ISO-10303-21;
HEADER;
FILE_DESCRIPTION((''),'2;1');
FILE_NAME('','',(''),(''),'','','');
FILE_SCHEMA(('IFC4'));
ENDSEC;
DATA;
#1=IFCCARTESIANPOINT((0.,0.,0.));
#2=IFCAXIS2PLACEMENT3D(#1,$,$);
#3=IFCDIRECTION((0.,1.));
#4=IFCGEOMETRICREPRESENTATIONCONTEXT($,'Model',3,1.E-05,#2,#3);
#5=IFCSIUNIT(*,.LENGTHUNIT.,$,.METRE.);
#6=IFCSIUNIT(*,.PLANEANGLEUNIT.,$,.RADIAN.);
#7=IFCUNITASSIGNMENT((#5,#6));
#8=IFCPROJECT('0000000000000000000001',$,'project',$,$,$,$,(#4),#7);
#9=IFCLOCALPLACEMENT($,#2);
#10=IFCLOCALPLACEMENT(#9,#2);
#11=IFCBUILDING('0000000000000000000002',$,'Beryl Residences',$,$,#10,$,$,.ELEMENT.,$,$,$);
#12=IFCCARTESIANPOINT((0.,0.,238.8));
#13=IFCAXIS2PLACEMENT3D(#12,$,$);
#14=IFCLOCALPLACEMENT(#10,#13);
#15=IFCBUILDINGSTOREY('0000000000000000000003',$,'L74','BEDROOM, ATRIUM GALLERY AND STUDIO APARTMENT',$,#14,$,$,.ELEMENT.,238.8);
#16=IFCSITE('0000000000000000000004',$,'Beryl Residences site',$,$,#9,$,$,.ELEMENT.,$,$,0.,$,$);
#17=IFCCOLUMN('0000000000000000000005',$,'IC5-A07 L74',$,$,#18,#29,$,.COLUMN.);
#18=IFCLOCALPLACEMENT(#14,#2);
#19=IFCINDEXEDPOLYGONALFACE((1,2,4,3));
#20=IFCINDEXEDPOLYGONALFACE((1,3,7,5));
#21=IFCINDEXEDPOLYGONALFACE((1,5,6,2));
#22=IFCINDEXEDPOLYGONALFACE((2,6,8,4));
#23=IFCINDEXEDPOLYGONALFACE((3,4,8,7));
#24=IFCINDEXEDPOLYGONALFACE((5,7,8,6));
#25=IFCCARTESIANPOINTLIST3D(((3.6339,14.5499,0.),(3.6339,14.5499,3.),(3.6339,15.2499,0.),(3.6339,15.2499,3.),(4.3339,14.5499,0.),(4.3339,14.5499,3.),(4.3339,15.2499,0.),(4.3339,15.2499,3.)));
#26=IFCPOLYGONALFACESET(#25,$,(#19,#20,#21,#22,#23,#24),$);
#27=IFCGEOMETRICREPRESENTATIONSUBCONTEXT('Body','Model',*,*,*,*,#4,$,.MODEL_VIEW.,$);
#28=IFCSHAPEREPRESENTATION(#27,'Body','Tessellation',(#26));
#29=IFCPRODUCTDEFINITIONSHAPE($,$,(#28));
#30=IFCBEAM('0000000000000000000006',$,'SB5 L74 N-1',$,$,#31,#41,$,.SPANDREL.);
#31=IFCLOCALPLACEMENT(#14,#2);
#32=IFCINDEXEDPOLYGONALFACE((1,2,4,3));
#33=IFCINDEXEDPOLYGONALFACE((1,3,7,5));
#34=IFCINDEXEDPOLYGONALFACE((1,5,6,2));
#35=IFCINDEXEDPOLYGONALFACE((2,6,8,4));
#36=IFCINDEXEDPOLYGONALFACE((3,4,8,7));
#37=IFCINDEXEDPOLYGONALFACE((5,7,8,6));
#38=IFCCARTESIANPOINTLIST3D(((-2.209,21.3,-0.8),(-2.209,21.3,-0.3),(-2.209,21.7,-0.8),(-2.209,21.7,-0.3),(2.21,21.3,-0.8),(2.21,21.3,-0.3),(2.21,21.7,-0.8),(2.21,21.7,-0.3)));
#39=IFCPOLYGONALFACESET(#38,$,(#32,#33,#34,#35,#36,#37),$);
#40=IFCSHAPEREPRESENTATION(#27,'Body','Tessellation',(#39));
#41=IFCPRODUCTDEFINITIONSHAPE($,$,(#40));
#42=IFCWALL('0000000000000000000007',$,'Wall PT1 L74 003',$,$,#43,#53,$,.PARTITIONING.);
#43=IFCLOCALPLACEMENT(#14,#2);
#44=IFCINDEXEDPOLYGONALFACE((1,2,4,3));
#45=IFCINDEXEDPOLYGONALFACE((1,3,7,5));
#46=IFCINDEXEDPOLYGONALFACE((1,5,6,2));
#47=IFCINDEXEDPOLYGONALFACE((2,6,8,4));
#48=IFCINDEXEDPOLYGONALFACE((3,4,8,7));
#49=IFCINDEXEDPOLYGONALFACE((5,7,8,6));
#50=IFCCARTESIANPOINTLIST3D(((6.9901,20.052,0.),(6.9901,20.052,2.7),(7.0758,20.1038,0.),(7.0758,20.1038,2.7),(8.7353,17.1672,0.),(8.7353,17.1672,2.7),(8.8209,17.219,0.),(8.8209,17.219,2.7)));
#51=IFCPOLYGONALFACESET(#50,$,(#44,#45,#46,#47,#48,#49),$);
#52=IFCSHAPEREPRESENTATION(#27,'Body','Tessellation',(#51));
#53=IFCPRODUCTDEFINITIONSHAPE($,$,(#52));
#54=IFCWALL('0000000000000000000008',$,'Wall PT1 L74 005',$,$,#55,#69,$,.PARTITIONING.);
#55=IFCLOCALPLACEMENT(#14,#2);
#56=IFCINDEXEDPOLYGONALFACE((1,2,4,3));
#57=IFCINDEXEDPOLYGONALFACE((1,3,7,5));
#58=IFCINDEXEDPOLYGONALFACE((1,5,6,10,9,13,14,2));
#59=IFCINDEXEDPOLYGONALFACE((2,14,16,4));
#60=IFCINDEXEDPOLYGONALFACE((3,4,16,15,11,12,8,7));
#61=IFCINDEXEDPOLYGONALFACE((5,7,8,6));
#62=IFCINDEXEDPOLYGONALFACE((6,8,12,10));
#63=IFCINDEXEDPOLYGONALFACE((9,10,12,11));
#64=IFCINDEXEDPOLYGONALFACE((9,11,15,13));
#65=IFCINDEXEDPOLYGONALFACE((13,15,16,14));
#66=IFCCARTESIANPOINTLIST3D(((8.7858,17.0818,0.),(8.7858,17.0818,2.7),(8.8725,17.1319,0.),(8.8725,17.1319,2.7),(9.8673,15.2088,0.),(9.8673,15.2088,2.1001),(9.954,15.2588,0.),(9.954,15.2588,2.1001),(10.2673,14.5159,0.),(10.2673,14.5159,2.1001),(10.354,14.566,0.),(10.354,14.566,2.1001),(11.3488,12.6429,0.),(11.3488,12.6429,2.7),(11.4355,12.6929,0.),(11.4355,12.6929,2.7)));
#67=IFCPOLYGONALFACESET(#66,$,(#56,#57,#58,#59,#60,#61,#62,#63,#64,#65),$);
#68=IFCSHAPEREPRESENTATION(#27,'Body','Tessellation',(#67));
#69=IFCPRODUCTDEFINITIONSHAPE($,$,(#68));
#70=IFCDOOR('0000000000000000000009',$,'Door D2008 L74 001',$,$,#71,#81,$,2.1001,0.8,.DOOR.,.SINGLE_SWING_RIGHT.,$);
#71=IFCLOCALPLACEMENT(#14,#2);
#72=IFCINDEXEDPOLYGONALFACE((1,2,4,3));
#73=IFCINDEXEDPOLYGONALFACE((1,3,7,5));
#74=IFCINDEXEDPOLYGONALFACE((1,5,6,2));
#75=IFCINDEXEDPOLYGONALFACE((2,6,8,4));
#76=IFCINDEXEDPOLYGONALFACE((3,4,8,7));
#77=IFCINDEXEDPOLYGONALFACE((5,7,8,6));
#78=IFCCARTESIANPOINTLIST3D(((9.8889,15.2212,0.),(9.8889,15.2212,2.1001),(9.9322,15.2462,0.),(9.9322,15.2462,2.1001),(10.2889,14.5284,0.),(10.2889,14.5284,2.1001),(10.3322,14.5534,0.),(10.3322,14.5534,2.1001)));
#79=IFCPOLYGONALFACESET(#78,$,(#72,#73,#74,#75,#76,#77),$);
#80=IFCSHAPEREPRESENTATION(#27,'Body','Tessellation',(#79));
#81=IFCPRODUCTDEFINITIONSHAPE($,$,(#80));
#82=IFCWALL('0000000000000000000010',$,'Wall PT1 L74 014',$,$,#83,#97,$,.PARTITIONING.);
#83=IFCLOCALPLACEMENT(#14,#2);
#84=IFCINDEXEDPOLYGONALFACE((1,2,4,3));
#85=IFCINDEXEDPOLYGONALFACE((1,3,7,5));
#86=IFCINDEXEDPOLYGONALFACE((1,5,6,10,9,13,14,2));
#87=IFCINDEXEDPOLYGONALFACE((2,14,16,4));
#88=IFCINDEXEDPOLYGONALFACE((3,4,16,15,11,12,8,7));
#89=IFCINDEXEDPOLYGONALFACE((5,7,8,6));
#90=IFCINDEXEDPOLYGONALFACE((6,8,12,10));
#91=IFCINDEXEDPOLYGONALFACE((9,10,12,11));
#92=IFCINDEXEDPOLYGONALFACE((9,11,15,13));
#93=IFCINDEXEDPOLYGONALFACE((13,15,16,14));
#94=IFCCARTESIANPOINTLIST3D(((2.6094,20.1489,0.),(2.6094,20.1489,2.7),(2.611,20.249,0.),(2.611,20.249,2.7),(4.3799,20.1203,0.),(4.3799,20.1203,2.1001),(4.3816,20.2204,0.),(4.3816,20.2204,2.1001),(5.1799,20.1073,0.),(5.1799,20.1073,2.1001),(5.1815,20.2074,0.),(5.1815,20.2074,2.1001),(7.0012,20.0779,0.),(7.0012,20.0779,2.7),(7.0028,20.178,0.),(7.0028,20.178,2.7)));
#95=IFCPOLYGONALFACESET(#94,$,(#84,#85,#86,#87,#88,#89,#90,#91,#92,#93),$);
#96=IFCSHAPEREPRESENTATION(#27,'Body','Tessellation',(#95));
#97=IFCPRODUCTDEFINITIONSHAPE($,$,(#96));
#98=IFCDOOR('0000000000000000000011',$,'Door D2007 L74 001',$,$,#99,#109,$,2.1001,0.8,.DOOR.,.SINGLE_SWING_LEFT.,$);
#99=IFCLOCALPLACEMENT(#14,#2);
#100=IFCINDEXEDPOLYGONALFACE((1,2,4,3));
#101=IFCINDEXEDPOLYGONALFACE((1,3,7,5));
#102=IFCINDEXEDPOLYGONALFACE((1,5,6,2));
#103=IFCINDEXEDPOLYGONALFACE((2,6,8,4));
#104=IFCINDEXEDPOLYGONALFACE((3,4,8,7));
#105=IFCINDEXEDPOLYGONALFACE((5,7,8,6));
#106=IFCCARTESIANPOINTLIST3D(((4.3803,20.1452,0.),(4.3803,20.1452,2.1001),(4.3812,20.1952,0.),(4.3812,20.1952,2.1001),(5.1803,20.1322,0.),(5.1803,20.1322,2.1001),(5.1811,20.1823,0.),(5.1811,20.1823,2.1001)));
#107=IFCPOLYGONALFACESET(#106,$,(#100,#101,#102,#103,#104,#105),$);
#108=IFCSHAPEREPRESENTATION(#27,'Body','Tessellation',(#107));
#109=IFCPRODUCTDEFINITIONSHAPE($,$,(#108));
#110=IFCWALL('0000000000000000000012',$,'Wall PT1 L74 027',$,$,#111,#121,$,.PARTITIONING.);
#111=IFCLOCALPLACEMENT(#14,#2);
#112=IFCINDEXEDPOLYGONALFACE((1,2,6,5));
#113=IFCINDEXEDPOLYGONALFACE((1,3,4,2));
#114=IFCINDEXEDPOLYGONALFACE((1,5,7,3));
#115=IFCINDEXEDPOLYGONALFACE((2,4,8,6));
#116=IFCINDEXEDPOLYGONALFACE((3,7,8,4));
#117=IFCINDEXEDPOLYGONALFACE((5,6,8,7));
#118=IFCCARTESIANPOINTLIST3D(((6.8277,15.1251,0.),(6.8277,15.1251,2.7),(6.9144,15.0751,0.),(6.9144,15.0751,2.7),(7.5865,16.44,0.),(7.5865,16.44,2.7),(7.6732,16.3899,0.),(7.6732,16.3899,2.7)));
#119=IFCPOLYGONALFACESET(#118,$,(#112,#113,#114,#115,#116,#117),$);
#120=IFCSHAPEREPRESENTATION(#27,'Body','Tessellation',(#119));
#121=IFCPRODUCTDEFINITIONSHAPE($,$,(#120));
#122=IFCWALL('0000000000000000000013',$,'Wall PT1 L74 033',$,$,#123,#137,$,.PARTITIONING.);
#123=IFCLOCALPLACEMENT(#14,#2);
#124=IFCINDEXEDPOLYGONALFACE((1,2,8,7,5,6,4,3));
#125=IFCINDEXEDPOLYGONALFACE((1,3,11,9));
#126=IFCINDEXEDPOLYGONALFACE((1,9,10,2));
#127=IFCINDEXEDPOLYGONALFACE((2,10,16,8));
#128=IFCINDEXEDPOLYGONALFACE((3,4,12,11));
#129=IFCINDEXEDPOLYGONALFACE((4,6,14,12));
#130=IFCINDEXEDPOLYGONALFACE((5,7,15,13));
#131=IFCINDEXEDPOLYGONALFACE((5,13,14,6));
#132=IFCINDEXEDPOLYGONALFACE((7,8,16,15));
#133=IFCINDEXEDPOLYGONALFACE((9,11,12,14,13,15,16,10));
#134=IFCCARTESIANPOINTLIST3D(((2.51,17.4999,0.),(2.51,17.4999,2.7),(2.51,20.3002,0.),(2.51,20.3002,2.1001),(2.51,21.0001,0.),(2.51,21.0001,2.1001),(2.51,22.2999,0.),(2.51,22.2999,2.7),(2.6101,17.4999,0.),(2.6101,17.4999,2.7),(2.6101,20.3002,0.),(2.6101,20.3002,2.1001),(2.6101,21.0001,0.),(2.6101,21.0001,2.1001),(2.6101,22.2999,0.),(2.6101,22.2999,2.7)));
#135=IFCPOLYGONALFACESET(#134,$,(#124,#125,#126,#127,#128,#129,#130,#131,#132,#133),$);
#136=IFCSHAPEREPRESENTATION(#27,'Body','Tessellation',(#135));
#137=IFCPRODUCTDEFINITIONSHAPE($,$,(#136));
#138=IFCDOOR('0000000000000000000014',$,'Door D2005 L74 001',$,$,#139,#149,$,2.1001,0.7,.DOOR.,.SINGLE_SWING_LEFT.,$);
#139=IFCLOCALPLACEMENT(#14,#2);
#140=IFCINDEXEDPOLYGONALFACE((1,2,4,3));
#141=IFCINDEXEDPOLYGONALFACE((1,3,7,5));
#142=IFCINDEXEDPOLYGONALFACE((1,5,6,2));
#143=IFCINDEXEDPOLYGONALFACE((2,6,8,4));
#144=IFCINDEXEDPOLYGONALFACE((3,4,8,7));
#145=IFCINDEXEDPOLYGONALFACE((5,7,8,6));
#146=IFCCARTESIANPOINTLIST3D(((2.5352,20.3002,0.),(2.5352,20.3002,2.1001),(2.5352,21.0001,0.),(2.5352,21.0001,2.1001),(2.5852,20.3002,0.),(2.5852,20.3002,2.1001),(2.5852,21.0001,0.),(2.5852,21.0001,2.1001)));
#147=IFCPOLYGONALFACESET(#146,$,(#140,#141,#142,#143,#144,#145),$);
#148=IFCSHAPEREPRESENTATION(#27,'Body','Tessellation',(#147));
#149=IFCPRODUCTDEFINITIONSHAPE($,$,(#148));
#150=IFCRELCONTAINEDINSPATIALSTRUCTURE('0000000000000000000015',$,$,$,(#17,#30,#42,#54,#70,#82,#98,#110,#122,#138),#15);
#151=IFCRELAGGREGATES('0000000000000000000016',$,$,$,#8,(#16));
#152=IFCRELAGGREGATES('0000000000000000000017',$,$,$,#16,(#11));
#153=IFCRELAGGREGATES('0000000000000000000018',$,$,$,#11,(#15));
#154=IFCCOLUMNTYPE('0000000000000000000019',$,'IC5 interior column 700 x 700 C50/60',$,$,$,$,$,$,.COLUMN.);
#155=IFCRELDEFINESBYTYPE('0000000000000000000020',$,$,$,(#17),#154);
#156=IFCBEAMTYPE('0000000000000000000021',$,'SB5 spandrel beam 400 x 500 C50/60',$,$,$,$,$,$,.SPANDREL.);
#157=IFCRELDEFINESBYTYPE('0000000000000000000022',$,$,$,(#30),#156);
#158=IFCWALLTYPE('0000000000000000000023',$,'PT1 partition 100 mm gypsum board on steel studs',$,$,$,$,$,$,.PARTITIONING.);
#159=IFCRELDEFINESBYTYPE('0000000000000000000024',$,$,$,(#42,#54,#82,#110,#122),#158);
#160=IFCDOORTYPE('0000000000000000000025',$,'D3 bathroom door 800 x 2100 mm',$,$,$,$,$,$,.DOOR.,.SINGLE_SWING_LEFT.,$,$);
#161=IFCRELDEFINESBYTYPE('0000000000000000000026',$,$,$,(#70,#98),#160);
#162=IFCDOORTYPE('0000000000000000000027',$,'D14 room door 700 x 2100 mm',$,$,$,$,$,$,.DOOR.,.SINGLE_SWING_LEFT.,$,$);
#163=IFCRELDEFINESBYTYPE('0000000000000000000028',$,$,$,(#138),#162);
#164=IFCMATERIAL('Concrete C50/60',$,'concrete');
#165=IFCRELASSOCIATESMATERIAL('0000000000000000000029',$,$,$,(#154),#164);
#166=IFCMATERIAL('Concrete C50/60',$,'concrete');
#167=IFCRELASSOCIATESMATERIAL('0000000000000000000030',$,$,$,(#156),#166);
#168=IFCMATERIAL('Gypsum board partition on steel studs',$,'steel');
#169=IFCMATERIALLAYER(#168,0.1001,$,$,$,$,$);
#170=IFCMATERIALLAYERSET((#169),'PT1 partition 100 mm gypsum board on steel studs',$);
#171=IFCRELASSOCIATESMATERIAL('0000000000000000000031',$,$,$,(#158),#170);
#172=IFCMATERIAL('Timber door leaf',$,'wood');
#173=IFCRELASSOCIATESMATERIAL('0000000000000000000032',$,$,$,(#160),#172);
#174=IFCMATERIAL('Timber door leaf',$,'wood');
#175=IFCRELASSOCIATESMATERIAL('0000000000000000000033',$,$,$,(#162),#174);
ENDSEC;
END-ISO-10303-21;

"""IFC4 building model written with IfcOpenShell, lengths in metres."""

from ifc_helpers import new_model, si_unit, direction, frame, frame_2d, origin, origin_2d, place, context, subcontext, project, spatial, rectangle, extrude, material, layer, layer_set, material_profile, profile_set, type_object, element, fill, save


model = new_model("IFC4")

# Units and contexts
model_context = context("Model", 3, precision=1e-05, world=origin(), true_north=direction((0.0, 1.0)))
body_context = subcontext(model_context, "Body", "Model", "MODEL_VIEW")
ifc_project = project(units=[si_unit("LENGTHUNIT", "METRE"), si_unit("PLANEANGLEUNIT", "RADIAN")], contexts=[model_context])

# Site, building, storey
site_placement = place(None, origin())
site = spatial("IfcSite", under=ifc_project, at=site_placement, Name="Beryl Residences site", CompositionType="ELEMENT", RefElevation=0.0)
building_placement = place(site_placement, origin())
building = spatial("IfcBuilding", under=site, at=building_placement, Name="Beryl Residences", CompositionType="ELEMENT")
storey_placement = place(building_placement, frame((0.0, 0.0, 238.8)))
storey = spatial("IfcBuildingStorey", under=building, at=storey_placement, Name="L74", Description="BEDROOM, ATRIUM GALLERY AND STUDIO APARTMENT", CompositionType="ELEMENT", Elevation=238.8)

# Column
ifc_material_1 = material(Name="Concrete C50/60", Category="concrete")
ifc_material_profile_1 = material_profile(ifc_material_1, rectangle(XDim=0.7, YDim=0.7, at=origin_2d()))
ifc_profile_set_1 = profile_set([ifc_material_profile_1], Name="Concrete C50/60")
column_type = type_object("IfcColumnType", Name="IC5 interior column 700 x 700 C50/60", PredefinedType="COLUMN", material=ifc_profile_set_1)
column_placement = place(storey_placement, frame((3.9839, 14.8999, 0.0), z_axis=(0.0, 0.0, 1.0), x_axis=(1.0, 0.0, 0.0)))
element("IfcColumn", 1, at=column_placement, inside=storey, type_object=column_type, Name="IC5-A07 L74", PredefinedType="COLUMN", context=body_context, shape_type="SweptSolid", body=[
    extrude(rectangle(XDim=0.7, YDim=0.7, at=origin_2d()), origin(), (0.0, 0.0, 1.0), 3.0),
])

# Beam
ifc_material_2 = material(Name="Concrete C50/60", Category="concrete")
ifc_material_profile_2 = material_profile(ifc_material_2, rectangle(XDim=0.3999, YDim=0.5, at=origin_2d()))
ifc_profile_set_2 = profile_set([ifc_material_profile_2], Name="Concrete C50/60")
beam_type = type_object("IfcBeamType", Name="SB5 spandrel beam 400 x 500 C50/60", PredefinedType="SPANDREL", material=ifc_profile_set_2)
beam_placement = place(storey_placement, frame((2.21, 21.5, -0.55), z_axis=(-1.0, 0.0, 0.0), x_axis=(0.0, -1.0, 0.0)))
element("IfcBeam", 2, at=beam_placement, inside=storey, type_object=beam_type, Name="SB5 L74 N-1", PredefinedType="SPANDREL", context=body_context, shape_type="SweptSolid", body=[
    extrude(rectangle(XDim=0.3999, YDim=0.5, at=origin_2d()), origin(), (0.0, 0.0, 1.0), 4.4189),
])

# Wall
ifc_material_3 = material(Name="Gypsum board partition on steel studs", Category="steel")
ifc_layer_1 = layer(ifc_material_3, 0.1001)
ifc_layer_set_1 = layer_set([ifc_layer_1], Name="PT1 partition 100 mm gypsum board on steel studs")
wall_type_1 = type_object("IfcWallType", Name="PT1 partition 100 mm gypsum board on steel studs", PredefinedType="PARTITIONING", material=ifc_layer_set_1)
wall_1_placement = place(storey_placement, frame((7.033, 20.0779, 0.0), z_axis=(0.0, 0.0, 1.0), x_axis=(0.517602, -0.855622, 0.0)))
element("IfcWall", 3, at=wall_1_placement, inside=storey, type_object=wall_type_1, Name="Wall PT1 L74 003", PredefinedType="PARTITIONING", context=body_context, shape_type="SweptSolid", body=[
    extrude(rectangle(XDim=3.3716, YDim=0.1001, at=frame_2d((1.6858, 0.0))), origin(), (0.0, 0.0, 1.0), 2.7),
])

# Walls, openings, doors
wall_2_placement = place(storey_placement, frame((8.8291, 17.1069, 0.0), z_axis=(0.0, 0.0, 1.0), x_axis=(0.500022, -0.866013, 0.0)))
wall_2 = element("IfcWall", 4, at=wall_2_placement, inside=storey, type_object=wall_type_1, Name="Wall PT1 L74 005", PredefinedType="PARTITIONING", context=body_context, shape_type="SweptSolid", body=[
    extrude(rectangle(XDim=5.1257, YDim=0.1001, at=frame_2d((2.563, 0.0))), origin(), (0.0, 0.0, 1.0), 2.7),
])
opening_1_placement = place(wall_2_placement, frame((2.1631, 0.0, 0.0)))
opening_1 = element("IfcOpeningElement", 5, at=opening_1_placement, cuts=wall_2, PredefinedType="OPENING", context=body_context, shape_type="SweptSolid", body=[
    extrude(rectangle(XDim=0.8, YDim=2.1001, at=frame_2d((0.3999, 1.05))), frame((0.0, 0.0601, 0.0), z_axis=(0.0, -1.0, 0.0), x_axis=(1.0, 0.0, 0.0)), (0.0, 0.0, 1.0), 0.1201),
])
ifc_material_4 = material(Name="Timber door leaf", Category="wood")
door_type_1 = type_object("IfcDoorType", Name="D3 bathroom door 800 x 2100 mm", OperationType="SINGLE_SWING_LEFT", PredefinedType="DOOR", material=ifc_material_4)
door_1_placement = place(opening_1_placement, origin())
door_1 = element("IfcDoor", 6, at=door_1_placement, inside=storey, type_object=door_type_1, Name="Door D2008 L74 001", OperationType="SINGLE_SWING_RIGHT", OverallHeight=2.1001, OverallWidth=0.8, PredefinedType="DOOR", context=body_context, shape_type="SweptSolid", body=[
    extrude(rectangle(XDim=0.8, YDim=2.1001, at=frame_2d((0.3999, 1.05))), frame((0.0, 0.0249, 0.0), z_axis=(0.0, -1.0, 0.0), x_axis=(1.0, 0.0, 0.0)), (0.0, 0.0, 1.0), 0.05),
])
fill(opening_1, door_1)
wall_3_placement = place(storey_placement, frame((2.6101, 20.199, 0.0), z_axis=(0.0, 0.0, 1.0), x_axis=(0.999869, -0.016174, 0.0)))
wall_3 = element("IfcWall", 7, at=wall_3_placement, inside=storey, type_object=wall_type_1, Name="Wall PT1 L74 014", PredefinedType="PARTITIONING", context=body_context, shape_type="SweptSolid", body=[
    extrude(rectangle(XDim=4.3923, YDim=0.1001, at=frame_2d((2.1963, 0.0))), origin(), (0.0, 0.0, 1.0), 2.7),
])
opening_2_placement = place(wall_3_placement, frame((1.771, 0.0, 0.0)))
opening_2 = element("IfcOpeningElement", 8, at=opening_2_placement, cuts=wall_3, PredefinedType="OPENING", context=body_context, shape_type="SweptSolid", body=[
    extrude(rectangle(XDim=0.8, YDim=2.1001, at=frame_2d((0.3999, 1.05))), frame((0.0, 0.0601, 0.0), z_axis=(0.0, -1.0, 0.0), x_axis=(1.0, 0.0, 0.0)), (0.0, 0.0, 1.0), 0.1201),
])
door_2_placement = place(opening_2_placement, origin())
door_2 = element("IfcDoor", 9, at=door_2_placement, inside=storey, type_object=door_type_1, Name="Door D2007 L74 001", OperationType="SINGLE_SWING_LEFT", OverallHeight=2.1001, OverallWidth=0.8, PredefinedType="DOOR", context=body_context, shape_type="SweptSolid", body=[
    extrude(rectangle(XDim=0.8, YDim=2.1001, at=frame_2d((0.3999, 1.05))), frame((0.0, 0.0249, 0.0), z_axis=(0.0, -1.0, 0.0), x_axis=(1.0, 0.0, 0.0)), (0.0, 0.0, 1.0), 0.05),
])
fill(opening_2, door_2)

# Wall
wall_4_placement = place(storey_placement, frame((6.8711, 15.1001, 0.0), z_axis=(0.0, 0.0, 1.0), x_axis=(0.499806, 0.866137, 0.0)))
element("IfcWall", 10, at=wall_4_placement, inside=storey, type_object=wall_type_1, Name="Wall PT1 L74 027", PredefinedType="PARTITIONING", context=body_context, shape_type="SweptSolid", body=[
    extrude(rectangle(XDim=1.5181, YDim=0.1001, at=frame_2d((0.759, 0.0))), origin(), (0.0, 0.0, 1.0), 2.7),
])

# Wall, opening, door
wall_5_placement = place(storey_placement, frame((2.5601, 17.5, 0.0), z_axis=(0.0, 0.0, 1.0), x_axis=(0.0, 1.0, 0.0)))
wall_5 = element("IfcWall", 11, at=wall_5_placement, inside=storey, type_object=wall_type_1, Name="Wall PT1 L74 033", PredefinedType="PARTITIONING", context=body_context, shape_type="SweptSolid", body=[
    extrude(rectangle(XDim=4.8, YDim=0.1001, at=frame_2d((2.3999, 0.0))), origin(), (0.0, 0.0, 1.0), 2.7),
])
opening_3_placement = place(wall_5_placement, frame((2.8, 0.0, 0.0)))
opening_3 = element("IfcOpeningElement", 12, at=opening_3_placement, cuts=wall_5, PredefinedType="OPENING", context=body_context, shape_type="SweptSolid", body=[
    extrude(rectangle(XDim=0.7, YDim=2.1001, at=frame_2d((0.3501, 1.05))), frame((0.0, 0.0601, 0.0), z_axis=(0.0, -1.0, 0.0), x_axis=(1.0, 0.0, 0.0)), (0.0, 0.0, 1.0), 0.1201),
])
ifc_material_5 = material(Name="Timber door leaf", Category="wood")
door_type_2 = type_object("IfcDoorType", Name="D14 room door 700 x 2100 mm", OperationType="SINGLE_SWING_LEFT", PredefinedType="DOOR", material=ifc_material_5)
door_3_placement = place(opening_3_placement, origin())
door_3 = element("IfcDoor", 13, at=door_3_placement, inside=storey, type_object=door_type_2, Name="Door D2005 L74 001", OperationType="SINGLE_SWING_LEFT", OverallHeight=2.1001, OverallWidth=0.7, PredefinedType="DOOR", context=body_context, shape_type="SweptSolid", body=[
    extrude(rectangle(XDim=0.7, YDim=2.1001, at=frame_2d((0.3501, 1.05))), frame((0.0, 0.0249, 0.0), z_axis=(0.0, -1.0, 0.0), x_axis=(1.0, 0.0, 0.0)), (0.0, 0.0, 1.0), 0.05),
])
fill(opening_3, door_3)

save(model, "model.ifc")
